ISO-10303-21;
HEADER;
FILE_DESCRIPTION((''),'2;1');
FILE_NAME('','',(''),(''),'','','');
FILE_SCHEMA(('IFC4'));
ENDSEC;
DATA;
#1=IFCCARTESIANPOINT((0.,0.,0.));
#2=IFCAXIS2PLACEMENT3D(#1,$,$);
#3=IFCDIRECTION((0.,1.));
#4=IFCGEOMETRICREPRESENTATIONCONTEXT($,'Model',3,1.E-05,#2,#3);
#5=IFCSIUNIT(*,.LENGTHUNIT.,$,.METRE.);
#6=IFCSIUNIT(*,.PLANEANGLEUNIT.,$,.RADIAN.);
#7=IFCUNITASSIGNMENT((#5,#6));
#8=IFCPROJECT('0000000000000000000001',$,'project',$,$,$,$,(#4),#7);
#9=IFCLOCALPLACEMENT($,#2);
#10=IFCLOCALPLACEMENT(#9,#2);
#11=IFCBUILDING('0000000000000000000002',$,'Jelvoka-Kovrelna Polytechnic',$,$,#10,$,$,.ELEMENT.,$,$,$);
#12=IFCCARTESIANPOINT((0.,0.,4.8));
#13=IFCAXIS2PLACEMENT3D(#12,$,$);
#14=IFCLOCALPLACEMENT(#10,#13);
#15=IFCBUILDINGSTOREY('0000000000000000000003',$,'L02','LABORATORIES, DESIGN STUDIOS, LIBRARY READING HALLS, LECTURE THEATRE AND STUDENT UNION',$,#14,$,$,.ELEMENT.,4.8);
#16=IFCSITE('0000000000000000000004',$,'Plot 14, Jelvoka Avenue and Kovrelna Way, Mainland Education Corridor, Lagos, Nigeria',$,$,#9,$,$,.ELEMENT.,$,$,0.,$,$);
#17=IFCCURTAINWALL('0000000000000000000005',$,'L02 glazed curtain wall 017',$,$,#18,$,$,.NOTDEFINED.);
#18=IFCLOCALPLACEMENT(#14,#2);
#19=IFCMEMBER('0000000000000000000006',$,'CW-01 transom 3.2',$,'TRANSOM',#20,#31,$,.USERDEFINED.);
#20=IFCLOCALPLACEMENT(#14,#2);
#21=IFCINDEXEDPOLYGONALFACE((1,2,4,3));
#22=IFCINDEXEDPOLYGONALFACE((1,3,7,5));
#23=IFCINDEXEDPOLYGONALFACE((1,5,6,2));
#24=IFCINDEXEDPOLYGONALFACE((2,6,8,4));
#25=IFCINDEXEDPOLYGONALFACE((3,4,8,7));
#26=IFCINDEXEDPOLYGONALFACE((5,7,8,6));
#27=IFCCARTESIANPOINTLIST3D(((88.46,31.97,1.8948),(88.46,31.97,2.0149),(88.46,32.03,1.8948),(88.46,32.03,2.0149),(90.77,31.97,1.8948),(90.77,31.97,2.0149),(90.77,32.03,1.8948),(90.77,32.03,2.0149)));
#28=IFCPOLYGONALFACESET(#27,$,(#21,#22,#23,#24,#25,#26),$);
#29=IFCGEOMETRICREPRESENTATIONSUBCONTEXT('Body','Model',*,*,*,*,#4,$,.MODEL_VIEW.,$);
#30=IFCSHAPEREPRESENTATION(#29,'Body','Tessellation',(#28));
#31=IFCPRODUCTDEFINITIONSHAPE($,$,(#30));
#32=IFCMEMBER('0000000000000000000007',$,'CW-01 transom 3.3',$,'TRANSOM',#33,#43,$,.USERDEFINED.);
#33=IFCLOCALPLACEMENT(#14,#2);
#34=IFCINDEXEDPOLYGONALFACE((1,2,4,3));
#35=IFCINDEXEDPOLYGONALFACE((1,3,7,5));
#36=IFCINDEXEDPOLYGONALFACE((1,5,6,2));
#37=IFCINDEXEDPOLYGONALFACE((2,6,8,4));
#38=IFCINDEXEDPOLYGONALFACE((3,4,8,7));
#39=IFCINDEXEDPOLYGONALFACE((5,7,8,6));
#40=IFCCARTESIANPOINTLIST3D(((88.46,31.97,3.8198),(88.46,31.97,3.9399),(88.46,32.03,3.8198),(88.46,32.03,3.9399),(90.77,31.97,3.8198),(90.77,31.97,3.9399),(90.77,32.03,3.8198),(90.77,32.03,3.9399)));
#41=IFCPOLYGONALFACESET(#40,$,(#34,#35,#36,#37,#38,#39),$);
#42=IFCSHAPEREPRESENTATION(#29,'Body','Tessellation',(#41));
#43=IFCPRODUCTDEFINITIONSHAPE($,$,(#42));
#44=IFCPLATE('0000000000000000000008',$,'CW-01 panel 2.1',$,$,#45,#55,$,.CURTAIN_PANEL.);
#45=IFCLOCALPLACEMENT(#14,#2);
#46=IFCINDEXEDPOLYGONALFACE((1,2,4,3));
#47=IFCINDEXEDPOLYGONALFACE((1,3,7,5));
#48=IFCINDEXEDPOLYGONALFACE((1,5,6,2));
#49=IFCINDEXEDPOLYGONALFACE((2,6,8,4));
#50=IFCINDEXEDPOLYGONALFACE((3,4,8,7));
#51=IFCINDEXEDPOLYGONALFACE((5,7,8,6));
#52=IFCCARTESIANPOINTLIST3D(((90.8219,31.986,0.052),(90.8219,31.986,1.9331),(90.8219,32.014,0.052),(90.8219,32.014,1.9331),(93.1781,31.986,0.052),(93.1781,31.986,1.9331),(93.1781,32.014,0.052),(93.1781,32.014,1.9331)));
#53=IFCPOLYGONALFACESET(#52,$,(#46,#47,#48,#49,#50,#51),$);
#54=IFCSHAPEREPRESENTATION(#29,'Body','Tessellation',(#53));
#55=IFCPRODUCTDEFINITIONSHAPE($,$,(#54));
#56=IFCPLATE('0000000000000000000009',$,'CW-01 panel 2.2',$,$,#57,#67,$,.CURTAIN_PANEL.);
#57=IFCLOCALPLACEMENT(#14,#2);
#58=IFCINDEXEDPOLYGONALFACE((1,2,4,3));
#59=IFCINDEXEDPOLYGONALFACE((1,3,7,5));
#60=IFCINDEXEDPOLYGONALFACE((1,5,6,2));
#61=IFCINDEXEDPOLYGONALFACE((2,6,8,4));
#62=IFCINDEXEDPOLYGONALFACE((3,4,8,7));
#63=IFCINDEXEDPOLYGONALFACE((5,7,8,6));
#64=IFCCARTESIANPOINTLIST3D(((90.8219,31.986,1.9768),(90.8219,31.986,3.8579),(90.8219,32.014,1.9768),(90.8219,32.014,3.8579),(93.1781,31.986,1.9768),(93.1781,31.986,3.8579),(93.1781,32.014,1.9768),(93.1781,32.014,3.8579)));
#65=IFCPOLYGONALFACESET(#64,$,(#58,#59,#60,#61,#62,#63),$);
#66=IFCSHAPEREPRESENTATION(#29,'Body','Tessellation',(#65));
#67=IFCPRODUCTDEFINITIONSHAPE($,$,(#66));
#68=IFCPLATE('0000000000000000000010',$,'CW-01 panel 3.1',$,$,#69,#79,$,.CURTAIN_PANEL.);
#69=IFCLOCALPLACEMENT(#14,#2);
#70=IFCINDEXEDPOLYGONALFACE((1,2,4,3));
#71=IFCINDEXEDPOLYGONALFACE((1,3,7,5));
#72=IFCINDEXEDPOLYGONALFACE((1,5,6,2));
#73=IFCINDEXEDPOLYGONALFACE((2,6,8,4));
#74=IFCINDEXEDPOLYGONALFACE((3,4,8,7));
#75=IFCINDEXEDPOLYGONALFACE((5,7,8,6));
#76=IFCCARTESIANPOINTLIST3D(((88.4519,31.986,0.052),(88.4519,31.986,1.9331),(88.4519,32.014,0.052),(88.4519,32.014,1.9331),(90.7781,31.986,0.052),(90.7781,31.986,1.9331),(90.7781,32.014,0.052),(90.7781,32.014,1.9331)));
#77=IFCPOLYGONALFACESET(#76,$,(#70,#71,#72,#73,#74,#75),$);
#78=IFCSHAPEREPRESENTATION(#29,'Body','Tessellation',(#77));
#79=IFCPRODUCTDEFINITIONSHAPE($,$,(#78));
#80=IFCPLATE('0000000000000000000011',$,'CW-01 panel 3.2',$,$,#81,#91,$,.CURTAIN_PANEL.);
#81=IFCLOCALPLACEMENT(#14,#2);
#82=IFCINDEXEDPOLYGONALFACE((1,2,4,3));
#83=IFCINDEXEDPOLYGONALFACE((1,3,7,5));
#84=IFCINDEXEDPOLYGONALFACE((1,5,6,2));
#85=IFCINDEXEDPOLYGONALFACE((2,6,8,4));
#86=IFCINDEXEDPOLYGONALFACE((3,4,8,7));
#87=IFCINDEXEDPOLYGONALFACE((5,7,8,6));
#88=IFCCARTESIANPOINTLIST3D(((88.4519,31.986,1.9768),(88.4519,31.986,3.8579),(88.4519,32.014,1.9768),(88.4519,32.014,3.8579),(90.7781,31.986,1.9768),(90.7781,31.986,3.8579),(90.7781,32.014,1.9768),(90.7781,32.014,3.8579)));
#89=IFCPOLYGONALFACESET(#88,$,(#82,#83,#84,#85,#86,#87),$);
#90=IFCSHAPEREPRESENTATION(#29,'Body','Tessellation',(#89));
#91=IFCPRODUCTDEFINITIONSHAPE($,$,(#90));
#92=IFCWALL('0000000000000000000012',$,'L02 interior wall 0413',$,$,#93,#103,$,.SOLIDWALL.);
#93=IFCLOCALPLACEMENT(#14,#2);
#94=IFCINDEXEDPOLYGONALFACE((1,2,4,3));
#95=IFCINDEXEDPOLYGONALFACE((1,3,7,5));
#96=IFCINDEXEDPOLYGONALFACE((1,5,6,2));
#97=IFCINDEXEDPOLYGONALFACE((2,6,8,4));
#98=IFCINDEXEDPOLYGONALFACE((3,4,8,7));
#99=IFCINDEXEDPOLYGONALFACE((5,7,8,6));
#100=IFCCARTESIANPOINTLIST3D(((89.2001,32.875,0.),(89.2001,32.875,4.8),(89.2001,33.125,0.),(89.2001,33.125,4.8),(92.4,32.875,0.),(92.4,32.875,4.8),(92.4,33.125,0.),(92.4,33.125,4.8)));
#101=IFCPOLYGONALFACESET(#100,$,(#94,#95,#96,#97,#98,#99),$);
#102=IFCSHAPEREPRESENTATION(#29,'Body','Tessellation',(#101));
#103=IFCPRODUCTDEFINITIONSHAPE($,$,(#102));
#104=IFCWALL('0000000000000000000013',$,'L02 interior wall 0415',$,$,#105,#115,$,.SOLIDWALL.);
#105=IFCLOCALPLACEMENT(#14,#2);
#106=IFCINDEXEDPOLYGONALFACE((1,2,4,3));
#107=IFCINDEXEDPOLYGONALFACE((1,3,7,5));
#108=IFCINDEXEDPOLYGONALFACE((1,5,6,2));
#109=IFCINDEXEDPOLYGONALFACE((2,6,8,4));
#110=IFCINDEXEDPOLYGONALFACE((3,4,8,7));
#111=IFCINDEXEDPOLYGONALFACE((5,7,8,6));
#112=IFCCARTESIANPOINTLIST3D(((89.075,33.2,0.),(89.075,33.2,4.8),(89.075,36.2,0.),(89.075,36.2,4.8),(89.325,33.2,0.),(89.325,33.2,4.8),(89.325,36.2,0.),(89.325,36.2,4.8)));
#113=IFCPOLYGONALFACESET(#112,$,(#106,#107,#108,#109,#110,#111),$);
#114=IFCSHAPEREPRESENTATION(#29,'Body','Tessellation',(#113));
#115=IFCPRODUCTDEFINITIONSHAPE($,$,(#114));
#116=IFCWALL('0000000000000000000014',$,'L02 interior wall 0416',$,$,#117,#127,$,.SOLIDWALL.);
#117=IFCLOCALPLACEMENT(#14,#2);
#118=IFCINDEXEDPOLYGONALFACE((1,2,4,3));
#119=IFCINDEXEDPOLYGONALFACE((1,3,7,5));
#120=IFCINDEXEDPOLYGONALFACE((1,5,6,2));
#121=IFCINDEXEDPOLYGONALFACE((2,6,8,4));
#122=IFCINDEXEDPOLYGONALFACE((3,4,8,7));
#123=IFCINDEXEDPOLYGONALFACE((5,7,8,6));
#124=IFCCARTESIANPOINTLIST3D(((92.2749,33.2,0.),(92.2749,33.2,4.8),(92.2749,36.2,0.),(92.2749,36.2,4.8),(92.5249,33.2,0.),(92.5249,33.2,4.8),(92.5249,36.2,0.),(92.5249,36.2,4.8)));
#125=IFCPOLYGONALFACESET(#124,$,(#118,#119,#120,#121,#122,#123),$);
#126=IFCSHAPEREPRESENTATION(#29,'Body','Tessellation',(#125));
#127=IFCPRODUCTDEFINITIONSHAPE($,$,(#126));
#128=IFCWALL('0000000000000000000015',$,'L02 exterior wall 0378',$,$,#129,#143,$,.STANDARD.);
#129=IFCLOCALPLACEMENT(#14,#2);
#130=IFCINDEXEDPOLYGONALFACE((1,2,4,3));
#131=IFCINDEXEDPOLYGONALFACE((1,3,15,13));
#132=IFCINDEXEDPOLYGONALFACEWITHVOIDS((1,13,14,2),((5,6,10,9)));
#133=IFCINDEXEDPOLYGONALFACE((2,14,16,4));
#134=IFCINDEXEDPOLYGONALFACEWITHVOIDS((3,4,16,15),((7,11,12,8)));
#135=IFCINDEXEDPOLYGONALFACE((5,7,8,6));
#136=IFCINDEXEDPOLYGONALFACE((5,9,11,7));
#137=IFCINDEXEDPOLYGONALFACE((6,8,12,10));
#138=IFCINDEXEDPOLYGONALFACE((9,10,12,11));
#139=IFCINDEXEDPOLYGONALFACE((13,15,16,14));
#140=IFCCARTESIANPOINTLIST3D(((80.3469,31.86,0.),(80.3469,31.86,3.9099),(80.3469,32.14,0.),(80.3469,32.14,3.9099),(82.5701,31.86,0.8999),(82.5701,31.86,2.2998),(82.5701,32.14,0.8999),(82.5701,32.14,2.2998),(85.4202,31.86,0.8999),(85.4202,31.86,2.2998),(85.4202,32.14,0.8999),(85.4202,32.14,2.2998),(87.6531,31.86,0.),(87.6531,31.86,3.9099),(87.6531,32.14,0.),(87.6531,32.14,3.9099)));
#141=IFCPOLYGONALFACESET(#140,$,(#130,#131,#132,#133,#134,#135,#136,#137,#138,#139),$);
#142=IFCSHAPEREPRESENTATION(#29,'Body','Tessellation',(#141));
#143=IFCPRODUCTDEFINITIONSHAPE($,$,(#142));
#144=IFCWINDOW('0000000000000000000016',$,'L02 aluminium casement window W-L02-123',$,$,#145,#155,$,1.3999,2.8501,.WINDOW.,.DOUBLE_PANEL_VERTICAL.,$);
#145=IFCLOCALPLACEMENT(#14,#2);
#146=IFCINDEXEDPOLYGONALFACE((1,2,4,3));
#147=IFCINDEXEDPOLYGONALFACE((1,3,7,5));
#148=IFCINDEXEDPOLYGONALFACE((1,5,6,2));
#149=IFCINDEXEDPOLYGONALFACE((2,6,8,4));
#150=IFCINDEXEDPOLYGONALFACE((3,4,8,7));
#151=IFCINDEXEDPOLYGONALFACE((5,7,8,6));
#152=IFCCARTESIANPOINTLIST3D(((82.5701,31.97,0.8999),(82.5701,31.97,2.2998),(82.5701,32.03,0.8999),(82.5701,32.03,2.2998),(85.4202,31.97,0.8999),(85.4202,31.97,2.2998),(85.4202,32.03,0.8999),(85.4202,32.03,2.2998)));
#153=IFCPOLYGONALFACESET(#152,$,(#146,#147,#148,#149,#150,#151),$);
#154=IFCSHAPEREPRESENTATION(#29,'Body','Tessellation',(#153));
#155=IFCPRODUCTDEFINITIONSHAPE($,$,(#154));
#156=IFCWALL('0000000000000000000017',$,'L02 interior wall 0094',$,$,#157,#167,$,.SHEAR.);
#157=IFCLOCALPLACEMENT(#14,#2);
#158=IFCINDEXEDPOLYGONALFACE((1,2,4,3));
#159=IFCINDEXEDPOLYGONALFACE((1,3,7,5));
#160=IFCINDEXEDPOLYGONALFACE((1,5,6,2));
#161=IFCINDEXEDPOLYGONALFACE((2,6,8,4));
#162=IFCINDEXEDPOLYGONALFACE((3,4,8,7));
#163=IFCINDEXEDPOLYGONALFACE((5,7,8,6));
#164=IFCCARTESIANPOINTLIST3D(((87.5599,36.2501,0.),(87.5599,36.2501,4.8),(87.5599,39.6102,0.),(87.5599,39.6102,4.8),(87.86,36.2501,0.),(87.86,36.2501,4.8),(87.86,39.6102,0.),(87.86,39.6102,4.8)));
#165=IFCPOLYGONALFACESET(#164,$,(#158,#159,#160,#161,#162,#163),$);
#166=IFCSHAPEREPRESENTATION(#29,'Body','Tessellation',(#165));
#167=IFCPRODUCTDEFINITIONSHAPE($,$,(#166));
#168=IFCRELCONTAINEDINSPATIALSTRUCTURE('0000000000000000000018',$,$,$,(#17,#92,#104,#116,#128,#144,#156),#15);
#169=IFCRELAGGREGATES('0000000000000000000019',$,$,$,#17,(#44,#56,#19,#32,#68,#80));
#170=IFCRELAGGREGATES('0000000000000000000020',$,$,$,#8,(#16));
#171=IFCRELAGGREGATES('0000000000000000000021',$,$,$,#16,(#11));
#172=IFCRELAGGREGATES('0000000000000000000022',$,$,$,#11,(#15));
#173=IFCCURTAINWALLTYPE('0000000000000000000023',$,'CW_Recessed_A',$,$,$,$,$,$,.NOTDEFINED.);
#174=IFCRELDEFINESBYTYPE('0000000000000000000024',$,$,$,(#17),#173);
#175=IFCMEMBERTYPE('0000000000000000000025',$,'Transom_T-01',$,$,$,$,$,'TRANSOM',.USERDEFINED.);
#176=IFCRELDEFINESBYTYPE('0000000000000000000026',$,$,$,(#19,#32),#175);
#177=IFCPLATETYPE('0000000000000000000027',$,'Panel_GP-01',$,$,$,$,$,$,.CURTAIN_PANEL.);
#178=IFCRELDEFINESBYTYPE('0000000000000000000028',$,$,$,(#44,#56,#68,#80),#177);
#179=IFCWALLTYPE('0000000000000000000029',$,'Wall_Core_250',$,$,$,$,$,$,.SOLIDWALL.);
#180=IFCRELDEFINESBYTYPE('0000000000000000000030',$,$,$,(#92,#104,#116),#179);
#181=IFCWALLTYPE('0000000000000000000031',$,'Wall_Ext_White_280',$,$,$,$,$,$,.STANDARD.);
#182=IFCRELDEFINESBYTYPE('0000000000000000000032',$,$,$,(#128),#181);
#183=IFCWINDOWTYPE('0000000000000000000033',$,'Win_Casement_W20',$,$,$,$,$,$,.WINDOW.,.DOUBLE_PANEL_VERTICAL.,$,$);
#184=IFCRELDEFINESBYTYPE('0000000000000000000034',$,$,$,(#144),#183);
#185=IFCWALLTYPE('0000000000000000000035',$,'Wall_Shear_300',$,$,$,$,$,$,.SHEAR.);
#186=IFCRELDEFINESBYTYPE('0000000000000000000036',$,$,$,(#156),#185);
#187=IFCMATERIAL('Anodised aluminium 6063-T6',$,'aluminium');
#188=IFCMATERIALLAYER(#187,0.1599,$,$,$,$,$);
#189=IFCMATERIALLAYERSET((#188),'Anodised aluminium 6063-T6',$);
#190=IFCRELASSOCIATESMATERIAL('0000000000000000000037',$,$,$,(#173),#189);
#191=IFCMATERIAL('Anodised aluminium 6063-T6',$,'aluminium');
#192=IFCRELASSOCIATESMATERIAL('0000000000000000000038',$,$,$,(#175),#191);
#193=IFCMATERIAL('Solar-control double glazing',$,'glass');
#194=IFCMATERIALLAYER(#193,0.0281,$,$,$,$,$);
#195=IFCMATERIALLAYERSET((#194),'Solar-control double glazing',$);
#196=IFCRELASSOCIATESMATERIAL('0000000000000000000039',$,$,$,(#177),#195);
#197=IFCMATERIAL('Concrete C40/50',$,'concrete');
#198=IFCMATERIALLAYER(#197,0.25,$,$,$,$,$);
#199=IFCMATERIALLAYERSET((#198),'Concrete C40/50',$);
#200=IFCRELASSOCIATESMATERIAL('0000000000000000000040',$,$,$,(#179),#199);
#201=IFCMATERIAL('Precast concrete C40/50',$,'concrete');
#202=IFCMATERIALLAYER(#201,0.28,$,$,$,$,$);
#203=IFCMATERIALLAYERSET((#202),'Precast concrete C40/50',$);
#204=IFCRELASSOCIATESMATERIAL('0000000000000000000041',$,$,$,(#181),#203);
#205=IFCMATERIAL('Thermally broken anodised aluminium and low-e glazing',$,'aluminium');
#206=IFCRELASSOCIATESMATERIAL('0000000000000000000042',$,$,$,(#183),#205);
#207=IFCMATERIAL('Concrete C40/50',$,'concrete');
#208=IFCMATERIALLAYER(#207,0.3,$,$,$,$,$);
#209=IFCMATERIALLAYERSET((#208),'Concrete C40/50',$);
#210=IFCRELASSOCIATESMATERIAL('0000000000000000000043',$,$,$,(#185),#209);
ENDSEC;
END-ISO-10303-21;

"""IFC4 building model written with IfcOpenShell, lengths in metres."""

from ifc_helpers import new_model, si_unit, direction, frame, frame_2d, origin, origin_2d, place, context, subcontext, project, spatial, rectangle, extrude, material, layer, layer_set, material_profile, profile_set, type_object, element, fill, aggregate, save


model = new_model("IFC4")

# Units and contexts
model_context = context("Model", 3, precision=1e-05, world=origin(), true_north=direction((0.0, 1.0)))
body_context = subcontext(model_context, "Body", "Model", "MODEL_VIEW")
ifc_project = project(units=[si_unit("LENGTHUNIT", "METRE"), si_unit("PLANEANGLEUNIT", "RADIAN")], contexts=[model_context])

# Site, building, storey
site_placement = place(None, origin())
site = spatial("IfcSite", under=ifc_project, at=site_placement, Name="Plot 14, Jelvoka Avenue and Kovrelna Way, Mainland Education Corridor, Lagos, Nigeria", CompositionType="ELEMENT", RefElevation=0.0)
building_placement = place(site_placement, origin())
building = spatial("IfcBuilding", under=site, at=building_placement, Name="Jelvoka-Kovrelna Polytechnic", CompositionType="ELEMENT")
storey_placement = place(building_placement, frame((0.0, 0.0, 4.8)))
storey = spatial("IfcBuildingStorey", under=building, at=storey_placement, Name="L02", Description="LABORATORIES, DESIGN STUDIOS, LIBRARY READING HALLS, LECTURE THEATRE AND STUDENT UNION", CompositionType="ELEMENT", Elevation=4.8)

# Curtain wall
ifc_material_1 = material(Name="Anodised aluminium 6063-T6", Category="aluminium")
ifc_layer_1 = layer(ifc_material_1, 0.1599)
ifc_layer_set_1 = layer_set([ifc_layer_1], Name="Anodised aluminium 6063-T6")
curtain_wall_type = type_object("IfcCurtainWallType", Name="CW_Recessed_A", PredefinedType="NOTDEFINED", material=ifc_layer_set_1)
curtain_wall_placement = place(storey_placement, origin())
curtain_wall = element("IfcCurtainWall", 1, at=curtain_wall_placement, inside=storey, type_object=curtain_wall_type, Name="L02 glazed curtain wall 017", PredefinedType="NOTDEFINED")

# Members
ifc_material_2 = material(Name="Anodised aluminium 6063-T6", Category="aluminium")
ifc_material_profile_1 = material_profile(ifc_material_2, rectangle(XDim=0.0601, YDim=0.1201, at=origin_2d()), Name="ALU 60x120")
ifc_profile_set_1 = profile_set([ifc_material_profile_1], Name="Anodised aluminium 6063-T6")
member_type_1 = type_object("IfcMemberType", Name="Transom_T-01", ElementType="TRANSOM", PredefinedType="USERDEFINED", material=ifc_profile_set_1)
member_1_placement = place(storey_placement, frame((90.77, 32.0, 1.9548), z_axis=(-1.0, 0.0, 0.0), x_axis=(0.0, -1.0, 0.0)))
member_1 = element("IfcMember", 2, at=member_1_placement, type_object=member_type_1, Name="CW-01 transom 3.2", ObjectType="TRANSOM", PredefinedType="USERDEFINED", context=body_context, shape_type="SweptSolid", body=[
    extrude(rectangle(XDim=0.0601, YDim=0.1201, at=origin_2d()), origin(), (0.0, 0.0, 1.0), 2.3101),
])
member_2_placement = place(storey_placement, frame((90.77, 32.0, 3.8799), z_axis=(-1.0, 0.0, 0.0), x_axis=(0.0, -1.0, 0.0)))
member_2 = element("IfcMember", 3, at=member_2_placement, type_object=member_type_1, Name="CW-01 transom 3.3", ObjectType="TRANSOM", PredefinedType="USERDEFINED", context=body_context, shape_type="SweptSolid", body=[
    extrude(rectangle(XDim=0.0601, YDim=0.1201, at=origin_2d()), origin(), (0.0, 0.0, 1.0), 2.3101),
])

# Plates
ifc_material_3 = material(Name="Solar-control double glazing", Category="glass")
ifc_layer_2 = layer(ifc_material_3, 0.0281)
ifc_layer_set_2 = layer_set([ifc_layer_2], Name="Solar-control double glazing")
plate_type = type_object("IfcPlateType", Name="Panel_GP-01", PredefinedType="CURTAIN_PANEL", material=ifc_layer_set_2)
plate_1_placement = place(storey_placement, frame((92.0, 32.0, 0.052), z_axis=(0.0, 0.0, 1.0), x_axis=(-1.0, 0.0, 0.0)))
plate_1 = element("IfcPlate", 4, at=plate_1_placement, type_object=plate_type, Name="CW-01 panel 2.1", PredefinedType="CURTAIN_PANEL", context=body_context, shape_type="SweptSolid", body=[
    extrude(rectangle(XDim=2.3562, YDim=0.0281, at=origin_2d()), origin(), (0.0, 0.0, 1.0), 1.8811),
])
plate_2_placement = place(storey_placement, frame((92.0, 32.0, 1.9768), z_axis=(0.0, 0.0, 1.0), x_axis=(-1.0, 0.0, 0.0)))
plate_2 = element("IfcPlate", 5, at=plate_2_placement, type_object=plate_type, Name="CW-01 panel 2.2", PredefinedType="CURTAIN_PANEL", context=body_context, shape_type="SweptSolid", body=[
    extrude(rectangle(XDim=2.3562, YDim=0.0281, at=origin_2d()), origin(), (0.0, 0.0, 1.0), 1.8811),
])
plate_3_placement = place(storey_placement, frame((89.615, 32.0, 0.052), z_axis=(0.0, 0.0, 1.0), x_axis=(-1.0, 0.0, 0.0)))
plate_3 = element("IfcPlate", 6, at=plate_3_placement, type_object=plate_type, Name="CW-01 panel 3.1", PredefinedType="CURTAIN_PANEL", context=body_context, shape_type="SweptSolid", body=[
    extrude(rectangle(XDim=2.3262, YDim=0.0281, at=origin_2d()), origin(), (0.0, 0.0, 1.0), 1.8811),
])
plate_4_placement = place(storey_placement, frame((89.615, 32.0, 1.9768), z_axis=(0.0, 0.0, 1.0), x_axis=(-1.0, 0.0, 0.0)))
plate_4 = element("IfcPlate", 7, at=plate_4_placement, type_object=plate_type, Name="CW-01 panel 3.2", PredefinedType="CURTAIN_PANEL", context=body_context, shape_type="SweptSolid", body=[
    extrude(rectangle(XDim=2.3262, YDim=0.0281, at=origin_2d()), origin(), (0.0, 0.0, 1.0), 1.8811),
])
aggregate(curtain_wall, [plate_1, plate_2, member_1, member_2, plate_3, plate_4])

# Wall
ifc_material_4 = material(Name="Concrete C40/50", Category="concrete")
ifc_layer_3 = layer(ifc_material_4, 0.25)
ifc_layer_set_3 = layer_set([ifc_layer_3], Name="Concrete C40/50")
wall_type_1 = type_object("IfcWallType", Name="Wall_Core_250", PredefinedType="SOLIDWALL", material=ifc_layer_set_3)
wall_1_placement = place(storey_placement, frame((89.2, 33.0, 0.0), z_axis=(0.0, 0.0, 1.0), x_axis=(1.0, 0.0, 0.0)))
element("IfcWall", 8, at=wall_1_placement, inside=storey, type_object=wall_type_1, Name="L02 interior wall 0413", PredefinedType="SOLIDWALL", context=body_context, shape_type="SweptSolid", body=[
    extrude(rectangle(XDim=3.2, YDim=0.25, at=frame_2d((1.6001, 0.0))), origin(), (0.0, 0.0, 1.0), 4.8),
])

# Walls
for number, where, z_axis, x_axis, name in (
    (9, (89.2, 33.2, 0.0), (0.0, 0.0, 1.0), (0.0, 1.0, 0.0), "L02 interior wall 0415"),
    (10, (92.3999, 33.2, 0.0), (0.0, 0.0, 1.0), (0.0, 1.0, 0.0), "L02 interior wall 0416"),
):
    element("IfcWall", number, at=place(storey_placement, frame(where, z_axis=z_axis, x_axis=x_axis)), inside=storey, type_object=wall_type_1, Name=name, PredefinedType="SOLIDWALL", context=body_context, shape_type="SweptSolid", body=[
        extrude(rectangle(XDim=3.0, YDim=0.25, at=frame_2d((1.5, 0.0))), origin(), (0.0, 0.0, 1.0), 4.8),
    ])

# Wall, opening, window
ifc_material_5 = material(Name="Precast concrete C40/50", Category="concrete")
ifc_layer_4 = layer(ifc_material_5, 0.28)
ifc_layer_set_4 = layer_set([ifc_layer_4], Name="Precast concrete C40/50")
wall_type_2 = type_object("IfcWallType", Name="Wall_Ext_White_280", PredefinedType="STANDARD", material=ifc_layer_set_4)
wall_2_placement = place(storey_placement, frame((87.6531, 32.0, 0.0), z_axis=(0.0, 0.0, 1.0), x_axis=(-1.0, 0.0, 0.0)))
wall_2 = element("IfcWall", 11, at=wall_2_placement, inside=storey, type_object=wall_type_2, Name="L02 exterior wall 0378", PredefinedType="STANDARD", context=body_context, shape_type="SweptSolid", body=[
    extrude(rectangle(XDim=7.3062, YDim=0.28, at=frame_2d((3.6531, 0.0))), origin(), (0.0, 0.0, 1.0), 3.9099),
])
opening_1_placement = place(wall_2_placement, frame((2.2329, 0.0, 0.8999)))
opening_1 = element("IfcOpeningElement", 12, at=opening_1_placement, cuts=wall_2, PredefinedType="OPENING", context=body_context, shape_type="SweptSolid", body=[
    extrude(rectangle(XDim=2.8501, YDim=1.3999, at=frame_2d((1.425, 0.7))), frame((0.0, 0.1501, 0.0), z_axis=(0.0, -1.0, 0.0), x_axis=(1.0, 0.0, 0.0)), (0.0, 0.0, 1.0), 0.3),
])
ifc_material_6 = material(Name="Thermally broken anodised aluminium and low-e glazing", Category="aluminium")
window_type = type_object("IfcWindowType", Name="Win_Casement_W20", PartitioningType="DOUBLE_PANEL_VERTICAL", PredefinedType="WINDOW", material=ifc_material_6)
window_placement = place(opening_1_placement, origin())
window = element("IfcWindow", 13, at=window_placement, inside=storey, type_object=window_type, Name="L02 aluminium casement window W-L02-123", OverallHeight=1.3999, OverallWidth=2.8501, PartitioningType="DOUBLE_PANEL_VERTICAL", PredefinedType="WINDOW", context=body_context, shape_type="SweptSolid", body=[
    extrude(rectangle(XDim=2.8501, YDim=1.3999, at=frame_2d((1.425, 0.7))), frame((0.0, 0.03, 0.0), z_axis=(0.0, -1.0, 0.0), x_axis=(1.0, 0.0, 0.0)), (0.0, 0.0, 1.0), 0.0601),
])
fill(opening_1, window)

# Wall
ifc_material_7 = material(Name="Concrete C40/50", Category="concrete")
ifc_layer_5 = layer(ifc_material_7, 0.3)
ifc_layer_set_5 = layer_set([ifc_layer_5], Name="Concrete C40/50")
wall_type_3 = type_object("IfcWallType", Name="Wall_Shear_300", PredefinedType="SHEAR", material=ifc_layer_set_5)
wall_3_placement = place(storey_placement, frame((87.71, 36.25, 0.0), z_axis=(0.0, 0.0, 1.0), x_axis=(0.0, 1.0, 0.0)))
element("IfcWall", 14, at=wall_3_placement, inside=storey, type_object=wall_type_3, Name="L02 interior wall 0094", PredefinedType="SHEAR", context=body_context, shape_type="SweptSolid", body=[
    extrude(rectangle(XDim=3.3601, YDim=0.3, at=frame_2d((1.6802, 0.0))), origin(), (0.0, 0.0, 1.0), 4.8),
])

save(model, "model.ifc")
